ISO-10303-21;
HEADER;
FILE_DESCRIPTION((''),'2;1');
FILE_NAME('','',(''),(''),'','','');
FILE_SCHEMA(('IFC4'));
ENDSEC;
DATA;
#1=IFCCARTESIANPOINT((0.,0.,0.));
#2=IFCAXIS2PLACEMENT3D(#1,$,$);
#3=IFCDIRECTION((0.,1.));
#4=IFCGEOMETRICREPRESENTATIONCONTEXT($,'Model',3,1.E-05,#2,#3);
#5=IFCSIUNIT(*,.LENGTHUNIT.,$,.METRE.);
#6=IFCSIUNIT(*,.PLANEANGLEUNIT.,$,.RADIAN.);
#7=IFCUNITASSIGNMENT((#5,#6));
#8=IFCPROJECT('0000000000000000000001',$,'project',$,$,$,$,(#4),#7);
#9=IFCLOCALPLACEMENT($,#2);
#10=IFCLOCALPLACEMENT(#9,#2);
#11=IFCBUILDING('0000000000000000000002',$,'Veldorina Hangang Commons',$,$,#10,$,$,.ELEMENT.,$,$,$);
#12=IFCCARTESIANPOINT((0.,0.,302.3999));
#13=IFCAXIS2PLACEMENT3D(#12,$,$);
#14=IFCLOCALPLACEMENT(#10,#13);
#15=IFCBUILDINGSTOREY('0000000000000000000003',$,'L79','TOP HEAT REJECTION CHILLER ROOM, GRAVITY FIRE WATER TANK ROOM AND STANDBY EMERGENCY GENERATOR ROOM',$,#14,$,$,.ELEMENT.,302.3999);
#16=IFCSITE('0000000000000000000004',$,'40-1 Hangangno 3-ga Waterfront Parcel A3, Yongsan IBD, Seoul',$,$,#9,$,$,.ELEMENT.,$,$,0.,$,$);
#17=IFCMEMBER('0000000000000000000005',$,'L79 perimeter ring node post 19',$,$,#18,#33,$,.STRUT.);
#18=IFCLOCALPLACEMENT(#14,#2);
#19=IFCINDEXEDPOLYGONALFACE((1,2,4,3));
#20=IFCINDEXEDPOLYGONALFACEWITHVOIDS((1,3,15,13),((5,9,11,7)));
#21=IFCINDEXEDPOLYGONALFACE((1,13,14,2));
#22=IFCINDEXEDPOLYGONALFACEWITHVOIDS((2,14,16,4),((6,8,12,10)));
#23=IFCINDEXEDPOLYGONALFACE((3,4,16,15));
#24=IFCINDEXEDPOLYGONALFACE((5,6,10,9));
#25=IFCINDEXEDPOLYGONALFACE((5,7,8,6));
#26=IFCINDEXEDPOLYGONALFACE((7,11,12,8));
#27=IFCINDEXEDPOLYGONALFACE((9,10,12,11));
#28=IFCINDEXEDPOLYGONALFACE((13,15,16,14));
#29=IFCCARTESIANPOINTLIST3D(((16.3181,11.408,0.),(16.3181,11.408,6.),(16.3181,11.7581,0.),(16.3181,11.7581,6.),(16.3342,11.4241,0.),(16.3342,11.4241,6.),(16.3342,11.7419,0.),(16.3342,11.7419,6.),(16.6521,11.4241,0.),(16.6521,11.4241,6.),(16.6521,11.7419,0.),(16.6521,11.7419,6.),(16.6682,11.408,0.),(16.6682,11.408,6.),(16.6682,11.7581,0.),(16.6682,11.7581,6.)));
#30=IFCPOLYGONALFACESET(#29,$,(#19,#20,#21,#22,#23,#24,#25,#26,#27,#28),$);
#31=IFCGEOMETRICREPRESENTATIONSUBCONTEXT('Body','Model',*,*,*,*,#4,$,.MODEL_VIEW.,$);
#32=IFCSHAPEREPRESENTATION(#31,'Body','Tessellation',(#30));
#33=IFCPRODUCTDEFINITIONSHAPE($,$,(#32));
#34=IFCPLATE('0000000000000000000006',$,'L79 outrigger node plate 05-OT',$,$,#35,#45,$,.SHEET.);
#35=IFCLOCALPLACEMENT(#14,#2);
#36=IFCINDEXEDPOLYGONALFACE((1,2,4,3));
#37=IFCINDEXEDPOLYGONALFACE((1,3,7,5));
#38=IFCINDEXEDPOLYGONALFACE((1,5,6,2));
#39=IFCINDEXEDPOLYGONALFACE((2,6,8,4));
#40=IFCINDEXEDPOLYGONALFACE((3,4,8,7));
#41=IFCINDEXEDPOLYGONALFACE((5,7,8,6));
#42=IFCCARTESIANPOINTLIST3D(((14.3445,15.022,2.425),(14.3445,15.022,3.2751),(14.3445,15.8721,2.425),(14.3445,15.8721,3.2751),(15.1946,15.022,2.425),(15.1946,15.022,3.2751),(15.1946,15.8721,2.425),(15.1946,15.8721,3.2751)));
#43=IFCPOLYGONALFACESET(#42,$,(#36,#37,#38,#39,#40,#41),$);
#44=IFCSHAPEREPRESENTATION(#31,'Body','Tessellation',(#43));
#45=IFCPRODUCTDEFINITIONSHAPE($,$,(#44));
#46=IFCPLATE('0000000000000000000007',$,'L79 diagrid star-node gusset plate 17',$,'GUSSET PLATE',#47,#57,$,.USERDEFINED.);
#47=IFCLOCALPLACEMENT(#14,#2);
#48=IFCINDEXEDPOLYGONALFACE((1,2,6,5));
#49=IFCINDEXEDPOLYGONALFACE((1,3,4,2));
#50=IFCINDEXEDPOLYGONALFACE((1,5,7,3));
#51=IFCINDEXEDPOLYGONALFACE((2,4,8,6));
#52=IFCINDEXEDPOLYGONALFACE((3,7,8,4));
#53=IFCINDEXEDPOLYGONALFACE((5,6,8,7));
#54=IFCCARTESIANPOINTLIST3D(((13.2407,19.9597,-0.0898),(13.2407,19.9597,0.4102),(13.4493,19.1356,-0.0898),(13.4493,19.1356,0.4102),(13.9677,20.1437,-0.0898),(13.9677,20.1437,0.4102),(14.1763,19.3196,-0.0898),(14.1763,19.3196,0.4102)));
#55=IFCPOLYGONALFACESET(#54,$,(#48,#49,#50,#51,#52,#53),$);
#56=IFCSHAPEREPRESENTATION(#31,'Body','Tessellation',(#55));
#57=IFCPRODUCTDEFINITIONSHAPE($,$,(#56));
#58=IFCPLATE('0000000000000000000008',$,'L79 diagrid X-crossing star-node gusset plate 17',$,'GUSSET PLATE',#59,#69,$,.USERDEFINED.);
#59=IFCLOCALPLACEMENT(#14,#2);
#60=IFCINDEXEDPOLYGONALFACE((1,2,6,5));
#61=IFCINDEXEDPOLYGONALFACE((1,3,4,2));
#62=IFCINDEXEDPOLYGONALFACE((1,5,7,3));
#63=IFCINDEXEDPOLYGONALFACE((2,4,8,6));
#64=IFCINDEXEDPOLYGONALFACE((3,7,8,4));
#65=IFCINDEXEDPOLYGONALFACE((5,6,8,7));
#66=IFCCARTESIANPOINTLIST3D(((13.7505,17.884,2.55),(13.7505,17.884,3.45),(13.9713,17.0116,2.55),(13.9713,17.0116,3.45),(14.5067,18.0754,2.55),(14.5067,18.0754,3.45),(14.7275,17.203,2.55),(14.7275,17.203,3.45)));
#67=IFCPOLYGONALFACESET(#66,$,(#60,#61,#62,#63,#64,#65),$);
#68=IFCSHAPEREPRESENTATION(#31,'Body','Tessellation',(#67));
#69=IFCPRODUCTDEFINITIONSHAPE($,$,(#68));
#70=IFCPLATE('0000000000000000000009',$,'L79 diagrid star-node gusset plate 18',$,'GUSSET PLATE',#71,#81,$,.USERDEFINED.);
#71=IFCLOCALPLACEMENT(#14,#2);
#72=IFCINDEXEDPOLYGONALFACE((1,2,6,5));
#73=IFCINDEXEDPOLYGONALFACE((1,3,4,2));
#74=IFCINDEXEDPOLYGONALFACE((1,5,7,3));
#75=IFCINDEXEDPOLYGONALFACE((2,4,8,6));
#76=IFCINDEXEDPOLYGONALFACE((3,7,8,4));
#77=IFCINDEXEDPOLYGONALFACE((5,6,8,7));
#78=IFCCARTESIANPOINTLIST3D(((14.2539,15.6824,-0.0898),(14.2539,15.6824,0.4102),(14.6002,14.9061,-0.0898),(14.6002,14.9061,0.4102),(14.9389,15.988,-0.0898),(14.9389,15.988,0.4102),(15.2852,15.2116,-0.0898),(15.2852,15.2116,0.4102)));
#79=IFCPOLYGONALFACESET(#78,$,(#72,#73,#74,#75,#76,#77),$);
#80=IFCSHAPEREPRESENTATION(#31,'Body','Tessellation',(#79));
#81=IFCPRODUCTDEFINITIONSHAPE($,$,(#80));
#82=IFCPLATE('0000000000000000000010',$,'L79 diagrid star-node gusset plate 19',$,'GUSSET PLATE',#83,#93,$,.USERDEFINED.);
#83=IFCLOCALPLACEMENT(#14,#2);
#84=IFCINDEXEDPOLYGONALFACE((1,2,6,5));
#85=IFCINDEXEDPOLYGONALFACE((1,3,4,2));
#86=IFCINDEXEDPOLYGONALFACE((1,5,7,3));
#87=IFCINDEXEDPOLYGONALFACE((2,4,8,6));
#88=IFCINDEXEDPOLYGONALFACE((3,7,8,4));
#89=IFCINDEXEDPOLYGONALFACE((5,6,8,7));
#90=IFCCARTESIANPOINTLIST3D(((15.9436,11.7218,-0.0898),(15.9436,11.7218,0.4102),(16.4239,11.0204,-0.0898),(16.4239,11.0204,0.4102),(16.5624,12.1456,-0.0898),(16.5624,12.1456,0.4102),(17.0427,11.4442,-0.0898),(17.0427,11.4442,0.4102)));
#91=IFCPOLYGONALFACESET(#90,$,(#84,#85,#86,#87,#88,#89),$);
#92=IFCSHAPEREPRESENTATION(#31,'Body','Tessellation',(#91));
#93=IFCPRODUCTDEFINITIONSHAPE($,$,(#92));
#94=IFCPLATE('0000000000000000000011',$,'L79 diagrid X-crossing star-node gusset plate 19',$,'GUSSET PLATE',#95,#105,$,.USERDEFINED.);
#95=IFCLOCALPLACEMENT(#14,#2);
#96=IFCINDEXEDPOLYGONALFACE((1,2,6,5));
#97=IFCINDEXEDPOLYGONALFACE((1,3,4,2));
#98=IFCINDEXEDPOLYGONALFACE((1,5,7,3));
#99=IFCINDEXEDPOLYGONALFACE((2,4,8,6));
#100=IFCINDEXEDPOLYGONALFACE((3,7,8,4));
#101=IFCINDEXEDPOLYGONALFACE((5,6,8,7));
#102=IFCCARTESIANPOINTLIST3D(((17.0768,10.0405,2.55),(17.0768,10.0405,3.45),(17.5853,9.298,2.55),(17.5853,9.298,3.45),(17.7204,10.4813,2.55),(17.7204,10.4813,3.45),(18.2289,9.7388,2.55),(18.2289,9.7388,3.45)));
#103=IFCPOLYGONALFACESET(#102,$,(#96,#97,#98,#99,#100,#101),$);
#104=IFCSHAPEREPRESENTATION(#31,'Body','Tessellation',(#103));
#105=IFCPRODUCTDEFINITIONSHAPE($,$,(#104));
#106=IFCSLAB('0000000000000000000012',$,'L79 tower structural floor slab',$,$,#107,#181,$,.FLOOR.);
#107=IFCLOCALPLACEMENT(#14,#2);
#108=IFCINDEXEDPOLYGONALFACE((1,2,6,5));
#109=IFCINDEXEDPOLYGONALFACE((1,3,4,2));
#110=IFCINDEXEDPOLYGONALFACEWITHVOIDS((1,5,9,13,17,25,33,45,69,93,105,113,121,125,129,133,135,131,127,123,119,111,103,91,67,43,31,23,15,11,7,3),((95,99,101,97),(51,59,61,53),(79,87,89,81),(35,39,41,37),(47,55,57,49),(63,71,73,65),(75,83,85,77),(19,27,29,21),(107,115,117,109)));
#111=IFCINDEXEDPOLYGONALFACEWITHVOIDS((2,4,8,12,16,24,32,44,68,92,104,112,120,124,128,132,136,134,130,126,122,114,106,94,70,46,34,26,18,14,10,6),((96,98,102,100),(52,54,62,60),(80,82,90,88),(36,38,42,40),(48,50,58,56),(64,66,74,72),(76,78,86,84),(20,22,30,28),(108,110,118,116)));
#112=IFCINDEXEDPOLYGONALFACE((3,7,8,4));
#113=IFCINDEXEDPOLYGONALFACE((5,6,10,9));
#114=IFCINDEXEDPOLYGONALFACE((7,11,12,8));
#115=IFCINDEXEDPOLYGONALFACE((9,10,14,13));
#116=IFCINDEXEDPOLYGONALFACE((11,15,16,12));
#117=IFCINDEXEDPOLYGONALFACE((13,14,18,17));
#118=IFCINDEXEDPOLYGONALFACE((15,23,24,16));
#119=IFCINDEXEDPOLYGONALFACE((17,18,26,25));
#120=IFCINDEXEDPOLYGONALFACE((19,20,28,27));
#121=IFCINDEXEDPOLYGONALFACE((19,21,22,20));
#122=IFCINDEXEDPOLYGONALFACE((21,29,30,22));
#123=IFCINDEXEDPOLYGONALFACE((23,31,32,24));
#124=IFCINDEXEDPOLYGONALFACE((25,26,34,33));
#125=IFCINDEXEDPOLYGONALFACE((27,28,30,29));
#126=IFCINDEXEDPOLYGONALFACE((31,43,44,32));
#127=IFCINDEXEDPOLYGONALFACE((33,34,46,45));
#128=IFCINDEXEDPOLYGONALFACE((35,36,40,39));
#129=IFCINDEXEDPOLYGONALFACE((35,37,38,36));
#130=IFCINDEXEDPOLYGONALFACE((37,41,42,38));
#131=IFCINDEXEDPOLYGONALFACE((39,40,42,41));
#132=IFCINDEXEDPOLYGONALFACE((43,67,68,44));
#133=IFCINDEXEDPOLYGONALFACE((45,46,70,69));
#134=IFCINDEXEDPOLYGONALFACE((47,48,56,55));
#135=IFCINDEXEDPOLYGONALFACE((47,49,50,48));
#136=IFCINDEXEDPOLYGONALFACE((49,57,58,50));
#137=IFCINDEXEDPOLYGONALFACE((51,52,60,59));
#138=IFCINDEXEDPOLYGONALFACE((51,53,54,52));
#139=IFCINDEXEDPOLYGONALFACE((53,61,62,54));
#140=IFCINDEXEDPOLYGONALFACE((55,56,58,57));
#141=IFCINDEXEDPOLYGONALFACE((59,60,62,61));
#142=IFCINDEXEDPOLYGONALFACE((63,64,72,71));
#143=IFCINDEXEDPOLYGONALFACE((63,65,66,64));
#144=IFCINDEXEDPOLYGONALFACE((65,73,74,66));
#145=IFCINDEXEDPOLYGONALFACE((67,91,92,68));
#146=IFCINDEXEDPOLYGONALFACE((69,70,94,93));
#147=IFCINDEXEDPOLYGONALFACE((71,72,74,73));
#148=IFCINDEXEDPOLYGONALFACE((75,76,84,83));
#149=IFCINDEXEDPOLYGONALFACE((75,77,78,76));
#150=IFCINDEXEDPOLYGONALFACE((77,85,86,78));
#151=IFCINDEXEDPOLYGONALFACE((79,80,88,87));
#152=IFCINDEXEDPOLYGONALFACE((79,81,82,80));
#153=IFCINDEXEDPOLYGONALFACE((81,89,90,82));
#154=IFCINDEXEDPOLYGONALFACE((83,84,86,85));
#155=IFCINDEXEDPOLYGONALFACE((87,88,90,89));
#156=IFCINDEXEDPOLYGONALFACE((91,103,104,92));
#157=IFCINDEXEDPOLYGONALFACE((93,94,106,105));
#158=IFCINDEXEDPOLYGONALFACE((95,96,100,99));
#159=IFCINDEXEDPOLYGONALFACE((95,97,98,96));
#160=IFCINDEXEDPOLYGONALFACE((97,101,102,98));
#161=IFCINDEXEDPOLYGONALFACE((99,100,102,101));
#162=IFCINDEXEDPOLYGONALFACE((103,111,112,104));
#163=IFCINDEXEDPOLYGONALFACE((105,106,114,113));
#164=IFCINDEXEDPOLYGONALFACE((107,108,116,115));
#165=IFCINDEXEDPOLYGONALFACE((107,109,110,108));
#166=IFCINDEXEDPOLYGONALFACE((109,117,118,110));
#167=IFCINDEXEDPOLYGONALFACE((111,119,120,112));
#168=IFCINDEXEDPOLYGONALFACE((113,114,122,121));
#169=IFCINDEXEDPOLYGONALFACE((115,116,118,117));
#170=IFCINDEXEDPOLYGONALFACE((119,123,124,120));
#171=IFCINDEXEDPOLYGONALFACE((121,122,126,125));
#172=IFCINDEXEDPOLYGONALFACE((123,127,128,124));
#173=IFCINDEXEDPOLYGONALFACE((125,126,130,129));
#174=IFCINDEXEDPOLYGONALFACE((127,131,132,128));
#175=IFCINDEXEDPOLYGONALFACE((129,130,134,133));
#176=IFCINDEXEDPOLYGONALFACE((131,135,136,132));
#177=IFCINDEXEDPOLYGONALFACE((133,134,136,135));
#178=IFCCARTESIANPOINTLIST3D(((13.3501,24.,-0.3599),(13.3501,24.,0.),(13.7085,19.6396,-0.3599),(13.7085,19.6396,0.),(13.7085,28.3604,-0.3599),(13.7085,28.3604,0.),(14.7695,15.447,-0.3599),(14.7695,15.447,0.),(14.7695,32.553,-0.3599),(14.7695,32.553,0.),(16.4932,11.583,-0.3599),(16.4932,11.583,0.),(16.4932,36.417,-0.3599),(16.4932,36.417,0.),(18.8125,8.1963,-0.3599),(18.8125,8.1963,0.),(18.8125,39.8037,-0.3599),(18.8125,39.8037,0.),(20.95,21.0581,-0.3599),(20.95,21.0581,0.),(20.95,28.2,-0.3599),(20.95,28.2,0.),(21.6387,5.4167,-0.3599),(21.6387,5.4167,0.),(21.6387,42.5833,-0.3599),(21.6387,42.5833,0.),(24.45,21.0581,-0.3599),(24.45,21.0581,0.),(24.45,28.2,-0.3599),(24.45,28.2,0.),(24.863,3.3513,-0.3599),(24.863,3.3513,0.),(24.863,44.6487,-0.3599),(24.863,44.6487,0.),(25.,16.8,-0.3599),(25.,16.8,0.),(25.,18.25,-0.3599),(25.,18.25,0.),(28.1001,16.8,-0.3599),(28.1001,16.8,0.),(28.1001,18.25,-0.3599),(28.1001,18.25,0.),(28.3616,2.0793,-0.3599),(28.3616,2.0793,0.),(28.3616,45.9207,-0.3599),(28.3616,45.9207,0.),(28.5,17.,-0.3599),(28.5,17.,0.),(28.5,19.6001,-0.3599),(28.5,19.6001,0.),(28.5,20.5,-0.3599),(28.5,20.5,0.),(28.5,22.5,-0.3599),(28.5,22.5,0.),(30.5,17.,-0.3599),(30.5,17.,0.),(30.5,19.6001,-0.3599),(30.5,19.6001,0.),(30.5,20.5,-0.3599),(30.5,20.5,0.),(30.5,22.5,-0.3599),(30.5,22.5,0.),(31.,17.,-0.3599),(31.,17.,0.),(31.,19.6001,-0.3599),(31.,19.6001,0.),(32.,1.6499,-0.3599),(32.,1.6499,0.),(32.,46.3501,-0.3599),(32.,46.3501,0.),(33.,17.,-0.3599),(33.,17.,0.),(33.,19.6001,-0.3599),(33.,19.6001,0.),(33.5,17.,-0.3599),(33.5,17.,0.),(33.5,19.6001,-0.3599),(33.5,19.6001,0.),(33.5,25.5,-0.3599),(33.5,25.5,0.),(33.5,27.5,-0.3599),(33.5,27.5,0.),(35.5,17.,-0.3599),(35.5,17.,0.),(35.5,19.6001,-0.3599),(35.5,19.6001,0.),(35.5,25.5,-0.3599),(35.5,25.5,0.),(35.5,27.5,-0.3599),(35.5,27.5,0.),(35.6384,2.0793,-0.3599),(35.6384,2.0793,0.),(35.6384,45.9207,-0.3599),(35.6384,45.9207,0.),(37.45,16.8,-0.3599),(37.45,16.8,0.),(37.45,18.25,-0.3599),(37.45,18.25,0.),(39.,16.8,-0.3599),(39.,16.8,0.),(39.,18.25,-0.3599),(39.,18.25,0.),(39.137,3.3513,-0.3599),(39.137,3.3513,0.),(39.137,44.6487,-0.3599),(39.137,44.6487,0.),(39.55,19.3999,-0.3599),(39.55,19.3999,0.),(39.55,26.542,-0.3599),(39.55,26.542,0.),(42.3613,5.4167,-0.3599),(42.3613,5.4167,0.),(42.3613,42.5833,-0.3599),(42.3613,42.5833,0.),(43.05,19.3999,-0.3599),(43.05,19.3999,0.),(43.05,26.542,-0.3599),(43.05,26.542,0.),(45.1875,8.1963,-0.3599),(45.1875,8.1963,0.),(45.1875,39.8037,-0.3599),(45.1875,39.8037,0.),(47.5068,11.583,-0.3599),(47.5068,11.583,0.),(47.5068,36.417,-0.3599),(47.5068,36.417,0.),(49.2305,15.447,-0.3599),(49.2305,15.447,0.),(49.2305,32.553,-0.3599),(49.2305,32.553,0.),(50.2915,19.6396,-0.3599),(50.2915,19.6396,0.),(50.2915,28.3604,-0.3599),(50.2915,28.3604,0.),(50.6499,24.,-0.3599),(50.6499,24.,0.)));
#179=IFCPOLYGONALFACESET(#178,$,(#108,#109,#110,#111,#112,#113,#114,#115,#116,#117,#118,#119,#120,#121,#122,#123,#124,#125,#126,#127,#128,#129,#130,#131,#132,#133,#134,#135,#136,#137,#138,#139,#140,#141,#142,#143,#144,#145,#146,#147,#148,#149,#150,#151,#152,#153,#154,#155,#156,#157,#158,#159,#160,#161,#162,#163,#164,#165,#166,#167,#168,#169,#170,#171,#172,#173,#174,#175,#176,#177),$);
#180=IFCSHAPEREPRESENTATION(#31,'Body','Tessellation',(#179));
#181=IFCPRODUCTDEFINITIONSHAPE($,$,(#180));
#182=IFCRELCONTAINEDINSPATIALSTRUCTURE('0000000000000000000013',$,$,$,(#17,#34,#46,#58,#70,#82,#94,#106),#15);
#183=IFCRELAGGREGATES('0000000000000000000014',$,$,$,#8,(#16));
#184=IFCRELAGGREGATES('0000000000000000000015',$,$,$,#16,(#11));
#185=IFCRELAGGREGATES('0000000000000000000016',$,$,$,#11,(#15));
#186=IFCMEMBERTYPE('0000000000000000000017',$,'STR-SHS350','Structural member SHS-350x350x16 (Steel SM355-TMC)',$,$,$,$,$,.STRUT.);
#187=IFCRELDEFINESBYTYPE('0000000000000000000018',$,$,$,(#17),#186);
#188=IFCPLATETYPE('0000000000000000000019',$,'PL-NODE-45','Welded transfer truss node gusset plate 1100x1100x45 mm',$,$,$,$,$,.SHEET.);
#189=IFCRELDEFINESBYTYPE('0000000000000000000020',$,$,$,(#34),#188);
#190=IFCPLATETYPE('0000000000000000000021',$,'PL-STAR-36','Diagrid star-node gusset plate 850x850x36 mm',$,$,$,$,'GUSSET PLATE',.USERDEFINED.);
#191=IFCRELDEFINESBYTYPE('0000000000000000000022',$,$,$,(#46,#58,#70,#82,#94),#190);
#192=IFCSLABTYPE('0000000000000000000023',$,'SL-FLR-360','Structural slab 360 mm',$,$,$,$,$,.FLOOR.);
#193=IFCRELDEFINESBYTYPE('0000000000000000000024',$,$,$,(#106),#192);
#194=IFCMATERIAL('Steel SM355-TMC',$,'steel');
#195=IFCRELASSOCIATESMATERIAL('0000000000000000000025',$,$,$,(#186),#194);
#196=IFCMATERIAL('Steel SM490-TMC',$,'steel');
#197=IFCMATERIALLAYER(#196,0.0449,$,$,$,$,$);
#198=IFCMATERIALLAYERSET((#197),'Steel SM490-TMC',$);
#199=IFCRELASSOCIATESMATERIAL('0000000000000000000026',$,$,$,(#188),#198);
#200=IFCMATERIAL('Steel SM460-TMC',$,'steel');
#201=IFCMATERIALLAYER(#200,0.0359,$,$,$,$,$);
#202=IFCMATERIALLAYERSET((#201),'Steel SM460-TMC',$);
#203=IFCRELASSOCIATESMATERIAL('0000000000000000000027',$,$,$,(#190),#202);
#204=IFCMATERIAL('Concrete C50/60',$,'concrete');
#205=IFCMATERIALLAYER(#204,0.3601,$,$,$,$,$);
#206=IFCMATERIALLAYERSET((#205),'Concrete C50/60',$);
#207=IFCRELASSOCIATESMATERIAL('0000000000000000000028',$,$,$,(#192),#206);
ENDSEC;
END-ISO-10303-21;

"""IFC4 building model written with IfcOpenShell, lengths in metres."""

from ifc_helpers import new_model, si_unit, direction, frame, origin, origin_2d, place, context, subcontext, project, spatial, polyline, rectangle, hollow_rectangle, outline, extrude, material, layer, layer_set, material_profile, profile_set, type_object, element, save


model = new_model("IFC4")

# Units and contexts
model_context = context("Model", 3, precision=1e-05, world=origin(), true_north=direction((0.0, 1.0)))
body_context = subcontext(model_context, "Body", "Model", "MODEL_VIEW")
ifc_project = project(units=[si_unit("LENGTHUNIT", "METRE"), si_unit("PLANEANGLEUNIT", "RADIAN")], contexts=[model_context])

# Site, building, storey
site_placement = place(None, origin())
site = spatial("IfcSite", under=ifc_project, at=site_placement, Name="40-1 Hangangno 3-ga Waterfront Parcel A3, Yongsan IBD, Seoul", CompositionType="ELEMENT", RefElevation=0.0)
building_placement = place(site_placement, origin())
building = spatial("IfcBuilding", under=site, at=building_placement, Name="Veldorina Hangang Commons", CompositionType="ELEMENT")
storey_placement = place(building_placement, frame((0.0, 0.0, 302.3999)))
storey = spatial("IfcBuildingStorey", under=building, at=storey_placement, Name="L79", Description="TOP HEAT REJECTION CHILLER ROOM, GRAVITY FIRE WATER TANK ROOM AND STANDBY EMERGENCY GENERATOR ROOM", CompositionType="ELEMENT", Elevation=302.3999)

# Shared definitions
ifc_material_1 = material(Name="Steel SM460-TMC", Category="steel")

# Member
ifc_material_2 = material(Name="Steel SM355-TMC", Category="steel")
ifc_material_profile_1 = material_profile(ifc_material_2, hollow_rectangle(XDim=0.3501, YDim=0.3501, WallThickness=0.0161, at=origin_2d()), Name="SHS-350x350x16")
ifc_profile_set_1 = profile_set([ifc_material_profile_1], Name="Steel SM355-TMC")
member_type_1 = type_object("IfcMemberType", Name="STR-SHS350", Description="Structural member SHS-350x350x16 (Steel SM355-TMC)", PredefinedType="STRUT", material=ifc_profile_set_1)
for number, where, z_axis, x_axis, name in (
    (1, (16.4932, 11.583, 0.0), (0.0, 0.0, 1.0), (1.0, 0.0, 0.0), "L79 perimeter ring node post 19"),
):
    element("IfcMember", number, at=place(storey_placement, frame(where, z_axis=z_axis, x_axis=x_axis)), inside=storey, type_object=member_type_1, Name=name, PredefinedType="STRUT", context=body_context, shape_type="SweptSolid", body=[
        extrude(hollow_rectangle(XDim=0.3501, YDim=0.3501, WallThickness=0.0161, at=origin_2d()), origin(), (0.0, 0.0, 1.0), 6.0),
    ])

# Plates
ifc_material_3 = material(Name="Steel SM490-TMC", Category="steel")
ifc_layer_1 = layer(ifc_material_3, 0.0449)
ifc_layer_set_1 = layer_set([ifc_layer_1], Name="Steel SM490-TMC")
plate_type_1 = type_object("IfcPlateType", Name="PL-NODE-45", Description="Welded transfer truss node gusset plate 1100x1100x45 mm", PredefinedType="SHEET", material=ifc_layer_set_1)
plate_1_placement = place(storey_placement, frame((14.7695, 15.447, 2.425), z_axis=(0.0, 0.0, 1.0), x_axis=(1.0, 0.0, 0.0)))
element("IfcPlate", 2, at=plate_1_placement, inside=storey, type_object=plate_type_1, Name="L79 outrigger node plate 05-OT", PredefinedType="SHEET", context=body_context, shape_type="SweptSolid", body=[
    extrude(rectangle(XDim=0.8501, YDim=0.8501, at=origin_2d()), origin(), (0.0, 0.0, 1.0), 0.8501),
])
ifc_layer_2 = layer(ifc_material_1, 0.0359)
ifc_layer_set_2 = layer_set([ifc_layer_2], Name="Steel SM460-TMC")
plate_type_2 = type_object("IfcPlateType", Name="PL-STAR-36", Description="Diagrid star-node gusset plate 850x850x36 mm", ElementType="GUSSET PLATE", PredefinedType="USERDEFINED", material=ifc_layer_set_2)
plate_2_placement = place(storey_placement, frame((13.7085, 19.6396, -0.0898), z_axis=(0.0, 0.0, 1.0), x_axis=(0.245375, -0.969428, 0.0)))
element("IfcPlate", 3, at=plate_2_placement, inside=storey, type_object=plate_type_2, Name="L79 diagrid star-node gusset plate 17", ObjectType="GUSSET PLATE", PredefinedType="USERDEFINED", context=body_context, shape_type="SweptSolid", body=[
    extrude(rectangle(XDim=0.8501, YDim=0.75, at=origin_2d()), origin(), (0.0, 0.0, 1.0), 0.5),
])
plate_3_placement = place(storey_placement, frame((14.239, 17.5435, 2.55), z_axis=(0.0, 0.0, 1.0), x_axis=(0.245375, -0.969428, 0.0)))
element("IfcPlate", 4, at=plate_3_placement, inside=storey, type_object=plate_type_2, Name="L79 diagrid X-crossing star-node gusset plate 17", ObjectType="GUSSET PLATE", PredefinedType="USERDEFINED", context=body_context, shape_type="SweptSolid", body=[
    extrude(rectangle(XDim=0.8999, YDim=0.78, at=origin_2d()), origin(), (0.0, 0.0, 1.0), 0.8999),
])
for number, where, z_axis, x_axis, name in (
    (5, (14.7695, 15.447, -0.0898), (0.0, 0.0, 1.0), (0.407358, -0.913268, 0.0), "L79 diagrid star-node gusset plate 18"),
    (6, (16.4932, 11.583, -0.0898), (0.0, 0.0, 1.0), (0.565039, -0.825064, 0.0), "L79 diagrid star-node gusset plate 19"),
):
    element("IfcPlate", number, at=place(storey_placement, frame(where, z_axis=z_axis, x_axis=x_axis)), inside=storey, type_object=plate_type_2, Name=name, ObjectType="GUSSET PLATE", PredefinedType="USERDEFINED", context=body_context, shape_type="SweptSolid", body=[
        extrude(rectangle(XDim=0.8501, YDim=0.75, at=origin_2d()), origin(), (0.0, 0.0, 1.0), 0.5),
    ])
plate_4_placement = place(storey_placement, frame((17.6528, 9.8896, 2.55), z_axis=(0.0, 0.0, 1.0), x_axis=(0.565039, -0.825064, 0.0)))
element("IfcPlate", 7, at=plate_4_placement, inside=storey, type_object=plate_type_2, Name="L79 diagrid X-crossing star-node gusset plate 19", ObjectType="GUSSET PLATE", PredefinedType="USERDEFINED", context=body_context, shape_type="SweptSolid", body=[
    extrude(rectangle(XDim=0.8999, YDim=0.78, at=origin_2d()), origin(), (0.0, 0.0, 1.0), 0.8999),
])

# Slab
ifc_material_4 = material(Name="Concrete C50/60", Category="concrete")
ifc_layer_3 = layer(ifc_material_4, 0.3601)
ifc_layer_set_3 = layer_set([ifc_layer_3], Name="Concrete C50/60")
slab_type_1 = type_object("IfcSlabType", Name="SL-FLR-360", Description="Structural slab 360 mm", PredefinedType="FLOOR", material=ifc_layer_set_3)
slab_1_placement = place(storey_placement, frame((0.0, 0.0, -0.3599)))
element("IfcSlab", 8, at=slab_1_placement, inside=storey, type_object=slab_type_1, Name="L79 tower structural floor slab", PredefinedType="FLOOR", context=body_context, shape_type="SweptSolid", body=[
    extrude(outline(polyline([(50.6499, 24.0), (50.2915, 28.3604), (49.2305, 32.553), (47.5068, 36.417), (45.1875, 39.8037), (42.3613, 42.5833), (39.137, 44.6487), (35.6384, 45.9207), (32.0, 46.3501), (28.3616, 45.9207), (24.863, 44.6487), (21.6387, 42.5833), (18.8125, 39.8037), (16.4932, 36.417), (14.7695, 32.553), (13.7085, 28.3604), (13.3501, 24.0), (13.7085, 19.6396), (14.7695, 15.447), (16.4932, 11.583), (18.8125, 8.1963), (21.6387, 5.4167), (24.863, 3.3513), (28.3616, 2.0793), (32.0, 1.6499), (35.6384, 2.0793), (39.137, 3.3513), (42.3613, 5.4167), (45.1875, 8.1963), (47.5068, 11.583), (49.2305, 15.447), (50.2915, 19.6396), (50.6499, 24.0)]), holes=[polyline([(20.95, 21.0581), (20.95, 28.2), (24.45, 28.2), (24.45, 21.0581), (20.95, 21.0581)]), polyline([(43.05, 26.542), (43.05, 19.3999), (39.55, 19.3999), (39.55, 26.542), (43.05, 26.542)]), polyline([(33.5, 27.5), (35.5, 27.5), (35.5, 25.5), (33.5, 25.5), (33.5, 27.5)]), polyline([(28.5, 22.5), (30.5, 22.5), (30.5, 20.5), (28.5, 20.5), (28.5, 22.5)]), polyline([(28.5, 19.6001), (30.5, 19.6001), (30.5, 17.0), (28.5, 17.0), (28.5, 19.6001)]), polyline([(31.0, 19.6001), (33.0, 19.6001), (33.0, 17.0), (31.0, 17.0), (31.0, 19.6001)]), polyline([(33.5, 19.6001), (35.5, 19.6001), (35.5, 17.0), (33.5, 17.0), (33.5, 19.6001)]), polyline([(25.0, 18.25), (28.1001, 18.25), (28.1001, 16.8), (25.0, 16.8), (25.0, 18.25)]), polyline([(37.45, 18.25), (39.0, 18.25), (39.0, 16.8), (37.45, 16.8), (37.45, 18.25)])]), origin(), (0.0, 0.0, 1.0), 0.3599),
])

save(model, "model.ifc")
